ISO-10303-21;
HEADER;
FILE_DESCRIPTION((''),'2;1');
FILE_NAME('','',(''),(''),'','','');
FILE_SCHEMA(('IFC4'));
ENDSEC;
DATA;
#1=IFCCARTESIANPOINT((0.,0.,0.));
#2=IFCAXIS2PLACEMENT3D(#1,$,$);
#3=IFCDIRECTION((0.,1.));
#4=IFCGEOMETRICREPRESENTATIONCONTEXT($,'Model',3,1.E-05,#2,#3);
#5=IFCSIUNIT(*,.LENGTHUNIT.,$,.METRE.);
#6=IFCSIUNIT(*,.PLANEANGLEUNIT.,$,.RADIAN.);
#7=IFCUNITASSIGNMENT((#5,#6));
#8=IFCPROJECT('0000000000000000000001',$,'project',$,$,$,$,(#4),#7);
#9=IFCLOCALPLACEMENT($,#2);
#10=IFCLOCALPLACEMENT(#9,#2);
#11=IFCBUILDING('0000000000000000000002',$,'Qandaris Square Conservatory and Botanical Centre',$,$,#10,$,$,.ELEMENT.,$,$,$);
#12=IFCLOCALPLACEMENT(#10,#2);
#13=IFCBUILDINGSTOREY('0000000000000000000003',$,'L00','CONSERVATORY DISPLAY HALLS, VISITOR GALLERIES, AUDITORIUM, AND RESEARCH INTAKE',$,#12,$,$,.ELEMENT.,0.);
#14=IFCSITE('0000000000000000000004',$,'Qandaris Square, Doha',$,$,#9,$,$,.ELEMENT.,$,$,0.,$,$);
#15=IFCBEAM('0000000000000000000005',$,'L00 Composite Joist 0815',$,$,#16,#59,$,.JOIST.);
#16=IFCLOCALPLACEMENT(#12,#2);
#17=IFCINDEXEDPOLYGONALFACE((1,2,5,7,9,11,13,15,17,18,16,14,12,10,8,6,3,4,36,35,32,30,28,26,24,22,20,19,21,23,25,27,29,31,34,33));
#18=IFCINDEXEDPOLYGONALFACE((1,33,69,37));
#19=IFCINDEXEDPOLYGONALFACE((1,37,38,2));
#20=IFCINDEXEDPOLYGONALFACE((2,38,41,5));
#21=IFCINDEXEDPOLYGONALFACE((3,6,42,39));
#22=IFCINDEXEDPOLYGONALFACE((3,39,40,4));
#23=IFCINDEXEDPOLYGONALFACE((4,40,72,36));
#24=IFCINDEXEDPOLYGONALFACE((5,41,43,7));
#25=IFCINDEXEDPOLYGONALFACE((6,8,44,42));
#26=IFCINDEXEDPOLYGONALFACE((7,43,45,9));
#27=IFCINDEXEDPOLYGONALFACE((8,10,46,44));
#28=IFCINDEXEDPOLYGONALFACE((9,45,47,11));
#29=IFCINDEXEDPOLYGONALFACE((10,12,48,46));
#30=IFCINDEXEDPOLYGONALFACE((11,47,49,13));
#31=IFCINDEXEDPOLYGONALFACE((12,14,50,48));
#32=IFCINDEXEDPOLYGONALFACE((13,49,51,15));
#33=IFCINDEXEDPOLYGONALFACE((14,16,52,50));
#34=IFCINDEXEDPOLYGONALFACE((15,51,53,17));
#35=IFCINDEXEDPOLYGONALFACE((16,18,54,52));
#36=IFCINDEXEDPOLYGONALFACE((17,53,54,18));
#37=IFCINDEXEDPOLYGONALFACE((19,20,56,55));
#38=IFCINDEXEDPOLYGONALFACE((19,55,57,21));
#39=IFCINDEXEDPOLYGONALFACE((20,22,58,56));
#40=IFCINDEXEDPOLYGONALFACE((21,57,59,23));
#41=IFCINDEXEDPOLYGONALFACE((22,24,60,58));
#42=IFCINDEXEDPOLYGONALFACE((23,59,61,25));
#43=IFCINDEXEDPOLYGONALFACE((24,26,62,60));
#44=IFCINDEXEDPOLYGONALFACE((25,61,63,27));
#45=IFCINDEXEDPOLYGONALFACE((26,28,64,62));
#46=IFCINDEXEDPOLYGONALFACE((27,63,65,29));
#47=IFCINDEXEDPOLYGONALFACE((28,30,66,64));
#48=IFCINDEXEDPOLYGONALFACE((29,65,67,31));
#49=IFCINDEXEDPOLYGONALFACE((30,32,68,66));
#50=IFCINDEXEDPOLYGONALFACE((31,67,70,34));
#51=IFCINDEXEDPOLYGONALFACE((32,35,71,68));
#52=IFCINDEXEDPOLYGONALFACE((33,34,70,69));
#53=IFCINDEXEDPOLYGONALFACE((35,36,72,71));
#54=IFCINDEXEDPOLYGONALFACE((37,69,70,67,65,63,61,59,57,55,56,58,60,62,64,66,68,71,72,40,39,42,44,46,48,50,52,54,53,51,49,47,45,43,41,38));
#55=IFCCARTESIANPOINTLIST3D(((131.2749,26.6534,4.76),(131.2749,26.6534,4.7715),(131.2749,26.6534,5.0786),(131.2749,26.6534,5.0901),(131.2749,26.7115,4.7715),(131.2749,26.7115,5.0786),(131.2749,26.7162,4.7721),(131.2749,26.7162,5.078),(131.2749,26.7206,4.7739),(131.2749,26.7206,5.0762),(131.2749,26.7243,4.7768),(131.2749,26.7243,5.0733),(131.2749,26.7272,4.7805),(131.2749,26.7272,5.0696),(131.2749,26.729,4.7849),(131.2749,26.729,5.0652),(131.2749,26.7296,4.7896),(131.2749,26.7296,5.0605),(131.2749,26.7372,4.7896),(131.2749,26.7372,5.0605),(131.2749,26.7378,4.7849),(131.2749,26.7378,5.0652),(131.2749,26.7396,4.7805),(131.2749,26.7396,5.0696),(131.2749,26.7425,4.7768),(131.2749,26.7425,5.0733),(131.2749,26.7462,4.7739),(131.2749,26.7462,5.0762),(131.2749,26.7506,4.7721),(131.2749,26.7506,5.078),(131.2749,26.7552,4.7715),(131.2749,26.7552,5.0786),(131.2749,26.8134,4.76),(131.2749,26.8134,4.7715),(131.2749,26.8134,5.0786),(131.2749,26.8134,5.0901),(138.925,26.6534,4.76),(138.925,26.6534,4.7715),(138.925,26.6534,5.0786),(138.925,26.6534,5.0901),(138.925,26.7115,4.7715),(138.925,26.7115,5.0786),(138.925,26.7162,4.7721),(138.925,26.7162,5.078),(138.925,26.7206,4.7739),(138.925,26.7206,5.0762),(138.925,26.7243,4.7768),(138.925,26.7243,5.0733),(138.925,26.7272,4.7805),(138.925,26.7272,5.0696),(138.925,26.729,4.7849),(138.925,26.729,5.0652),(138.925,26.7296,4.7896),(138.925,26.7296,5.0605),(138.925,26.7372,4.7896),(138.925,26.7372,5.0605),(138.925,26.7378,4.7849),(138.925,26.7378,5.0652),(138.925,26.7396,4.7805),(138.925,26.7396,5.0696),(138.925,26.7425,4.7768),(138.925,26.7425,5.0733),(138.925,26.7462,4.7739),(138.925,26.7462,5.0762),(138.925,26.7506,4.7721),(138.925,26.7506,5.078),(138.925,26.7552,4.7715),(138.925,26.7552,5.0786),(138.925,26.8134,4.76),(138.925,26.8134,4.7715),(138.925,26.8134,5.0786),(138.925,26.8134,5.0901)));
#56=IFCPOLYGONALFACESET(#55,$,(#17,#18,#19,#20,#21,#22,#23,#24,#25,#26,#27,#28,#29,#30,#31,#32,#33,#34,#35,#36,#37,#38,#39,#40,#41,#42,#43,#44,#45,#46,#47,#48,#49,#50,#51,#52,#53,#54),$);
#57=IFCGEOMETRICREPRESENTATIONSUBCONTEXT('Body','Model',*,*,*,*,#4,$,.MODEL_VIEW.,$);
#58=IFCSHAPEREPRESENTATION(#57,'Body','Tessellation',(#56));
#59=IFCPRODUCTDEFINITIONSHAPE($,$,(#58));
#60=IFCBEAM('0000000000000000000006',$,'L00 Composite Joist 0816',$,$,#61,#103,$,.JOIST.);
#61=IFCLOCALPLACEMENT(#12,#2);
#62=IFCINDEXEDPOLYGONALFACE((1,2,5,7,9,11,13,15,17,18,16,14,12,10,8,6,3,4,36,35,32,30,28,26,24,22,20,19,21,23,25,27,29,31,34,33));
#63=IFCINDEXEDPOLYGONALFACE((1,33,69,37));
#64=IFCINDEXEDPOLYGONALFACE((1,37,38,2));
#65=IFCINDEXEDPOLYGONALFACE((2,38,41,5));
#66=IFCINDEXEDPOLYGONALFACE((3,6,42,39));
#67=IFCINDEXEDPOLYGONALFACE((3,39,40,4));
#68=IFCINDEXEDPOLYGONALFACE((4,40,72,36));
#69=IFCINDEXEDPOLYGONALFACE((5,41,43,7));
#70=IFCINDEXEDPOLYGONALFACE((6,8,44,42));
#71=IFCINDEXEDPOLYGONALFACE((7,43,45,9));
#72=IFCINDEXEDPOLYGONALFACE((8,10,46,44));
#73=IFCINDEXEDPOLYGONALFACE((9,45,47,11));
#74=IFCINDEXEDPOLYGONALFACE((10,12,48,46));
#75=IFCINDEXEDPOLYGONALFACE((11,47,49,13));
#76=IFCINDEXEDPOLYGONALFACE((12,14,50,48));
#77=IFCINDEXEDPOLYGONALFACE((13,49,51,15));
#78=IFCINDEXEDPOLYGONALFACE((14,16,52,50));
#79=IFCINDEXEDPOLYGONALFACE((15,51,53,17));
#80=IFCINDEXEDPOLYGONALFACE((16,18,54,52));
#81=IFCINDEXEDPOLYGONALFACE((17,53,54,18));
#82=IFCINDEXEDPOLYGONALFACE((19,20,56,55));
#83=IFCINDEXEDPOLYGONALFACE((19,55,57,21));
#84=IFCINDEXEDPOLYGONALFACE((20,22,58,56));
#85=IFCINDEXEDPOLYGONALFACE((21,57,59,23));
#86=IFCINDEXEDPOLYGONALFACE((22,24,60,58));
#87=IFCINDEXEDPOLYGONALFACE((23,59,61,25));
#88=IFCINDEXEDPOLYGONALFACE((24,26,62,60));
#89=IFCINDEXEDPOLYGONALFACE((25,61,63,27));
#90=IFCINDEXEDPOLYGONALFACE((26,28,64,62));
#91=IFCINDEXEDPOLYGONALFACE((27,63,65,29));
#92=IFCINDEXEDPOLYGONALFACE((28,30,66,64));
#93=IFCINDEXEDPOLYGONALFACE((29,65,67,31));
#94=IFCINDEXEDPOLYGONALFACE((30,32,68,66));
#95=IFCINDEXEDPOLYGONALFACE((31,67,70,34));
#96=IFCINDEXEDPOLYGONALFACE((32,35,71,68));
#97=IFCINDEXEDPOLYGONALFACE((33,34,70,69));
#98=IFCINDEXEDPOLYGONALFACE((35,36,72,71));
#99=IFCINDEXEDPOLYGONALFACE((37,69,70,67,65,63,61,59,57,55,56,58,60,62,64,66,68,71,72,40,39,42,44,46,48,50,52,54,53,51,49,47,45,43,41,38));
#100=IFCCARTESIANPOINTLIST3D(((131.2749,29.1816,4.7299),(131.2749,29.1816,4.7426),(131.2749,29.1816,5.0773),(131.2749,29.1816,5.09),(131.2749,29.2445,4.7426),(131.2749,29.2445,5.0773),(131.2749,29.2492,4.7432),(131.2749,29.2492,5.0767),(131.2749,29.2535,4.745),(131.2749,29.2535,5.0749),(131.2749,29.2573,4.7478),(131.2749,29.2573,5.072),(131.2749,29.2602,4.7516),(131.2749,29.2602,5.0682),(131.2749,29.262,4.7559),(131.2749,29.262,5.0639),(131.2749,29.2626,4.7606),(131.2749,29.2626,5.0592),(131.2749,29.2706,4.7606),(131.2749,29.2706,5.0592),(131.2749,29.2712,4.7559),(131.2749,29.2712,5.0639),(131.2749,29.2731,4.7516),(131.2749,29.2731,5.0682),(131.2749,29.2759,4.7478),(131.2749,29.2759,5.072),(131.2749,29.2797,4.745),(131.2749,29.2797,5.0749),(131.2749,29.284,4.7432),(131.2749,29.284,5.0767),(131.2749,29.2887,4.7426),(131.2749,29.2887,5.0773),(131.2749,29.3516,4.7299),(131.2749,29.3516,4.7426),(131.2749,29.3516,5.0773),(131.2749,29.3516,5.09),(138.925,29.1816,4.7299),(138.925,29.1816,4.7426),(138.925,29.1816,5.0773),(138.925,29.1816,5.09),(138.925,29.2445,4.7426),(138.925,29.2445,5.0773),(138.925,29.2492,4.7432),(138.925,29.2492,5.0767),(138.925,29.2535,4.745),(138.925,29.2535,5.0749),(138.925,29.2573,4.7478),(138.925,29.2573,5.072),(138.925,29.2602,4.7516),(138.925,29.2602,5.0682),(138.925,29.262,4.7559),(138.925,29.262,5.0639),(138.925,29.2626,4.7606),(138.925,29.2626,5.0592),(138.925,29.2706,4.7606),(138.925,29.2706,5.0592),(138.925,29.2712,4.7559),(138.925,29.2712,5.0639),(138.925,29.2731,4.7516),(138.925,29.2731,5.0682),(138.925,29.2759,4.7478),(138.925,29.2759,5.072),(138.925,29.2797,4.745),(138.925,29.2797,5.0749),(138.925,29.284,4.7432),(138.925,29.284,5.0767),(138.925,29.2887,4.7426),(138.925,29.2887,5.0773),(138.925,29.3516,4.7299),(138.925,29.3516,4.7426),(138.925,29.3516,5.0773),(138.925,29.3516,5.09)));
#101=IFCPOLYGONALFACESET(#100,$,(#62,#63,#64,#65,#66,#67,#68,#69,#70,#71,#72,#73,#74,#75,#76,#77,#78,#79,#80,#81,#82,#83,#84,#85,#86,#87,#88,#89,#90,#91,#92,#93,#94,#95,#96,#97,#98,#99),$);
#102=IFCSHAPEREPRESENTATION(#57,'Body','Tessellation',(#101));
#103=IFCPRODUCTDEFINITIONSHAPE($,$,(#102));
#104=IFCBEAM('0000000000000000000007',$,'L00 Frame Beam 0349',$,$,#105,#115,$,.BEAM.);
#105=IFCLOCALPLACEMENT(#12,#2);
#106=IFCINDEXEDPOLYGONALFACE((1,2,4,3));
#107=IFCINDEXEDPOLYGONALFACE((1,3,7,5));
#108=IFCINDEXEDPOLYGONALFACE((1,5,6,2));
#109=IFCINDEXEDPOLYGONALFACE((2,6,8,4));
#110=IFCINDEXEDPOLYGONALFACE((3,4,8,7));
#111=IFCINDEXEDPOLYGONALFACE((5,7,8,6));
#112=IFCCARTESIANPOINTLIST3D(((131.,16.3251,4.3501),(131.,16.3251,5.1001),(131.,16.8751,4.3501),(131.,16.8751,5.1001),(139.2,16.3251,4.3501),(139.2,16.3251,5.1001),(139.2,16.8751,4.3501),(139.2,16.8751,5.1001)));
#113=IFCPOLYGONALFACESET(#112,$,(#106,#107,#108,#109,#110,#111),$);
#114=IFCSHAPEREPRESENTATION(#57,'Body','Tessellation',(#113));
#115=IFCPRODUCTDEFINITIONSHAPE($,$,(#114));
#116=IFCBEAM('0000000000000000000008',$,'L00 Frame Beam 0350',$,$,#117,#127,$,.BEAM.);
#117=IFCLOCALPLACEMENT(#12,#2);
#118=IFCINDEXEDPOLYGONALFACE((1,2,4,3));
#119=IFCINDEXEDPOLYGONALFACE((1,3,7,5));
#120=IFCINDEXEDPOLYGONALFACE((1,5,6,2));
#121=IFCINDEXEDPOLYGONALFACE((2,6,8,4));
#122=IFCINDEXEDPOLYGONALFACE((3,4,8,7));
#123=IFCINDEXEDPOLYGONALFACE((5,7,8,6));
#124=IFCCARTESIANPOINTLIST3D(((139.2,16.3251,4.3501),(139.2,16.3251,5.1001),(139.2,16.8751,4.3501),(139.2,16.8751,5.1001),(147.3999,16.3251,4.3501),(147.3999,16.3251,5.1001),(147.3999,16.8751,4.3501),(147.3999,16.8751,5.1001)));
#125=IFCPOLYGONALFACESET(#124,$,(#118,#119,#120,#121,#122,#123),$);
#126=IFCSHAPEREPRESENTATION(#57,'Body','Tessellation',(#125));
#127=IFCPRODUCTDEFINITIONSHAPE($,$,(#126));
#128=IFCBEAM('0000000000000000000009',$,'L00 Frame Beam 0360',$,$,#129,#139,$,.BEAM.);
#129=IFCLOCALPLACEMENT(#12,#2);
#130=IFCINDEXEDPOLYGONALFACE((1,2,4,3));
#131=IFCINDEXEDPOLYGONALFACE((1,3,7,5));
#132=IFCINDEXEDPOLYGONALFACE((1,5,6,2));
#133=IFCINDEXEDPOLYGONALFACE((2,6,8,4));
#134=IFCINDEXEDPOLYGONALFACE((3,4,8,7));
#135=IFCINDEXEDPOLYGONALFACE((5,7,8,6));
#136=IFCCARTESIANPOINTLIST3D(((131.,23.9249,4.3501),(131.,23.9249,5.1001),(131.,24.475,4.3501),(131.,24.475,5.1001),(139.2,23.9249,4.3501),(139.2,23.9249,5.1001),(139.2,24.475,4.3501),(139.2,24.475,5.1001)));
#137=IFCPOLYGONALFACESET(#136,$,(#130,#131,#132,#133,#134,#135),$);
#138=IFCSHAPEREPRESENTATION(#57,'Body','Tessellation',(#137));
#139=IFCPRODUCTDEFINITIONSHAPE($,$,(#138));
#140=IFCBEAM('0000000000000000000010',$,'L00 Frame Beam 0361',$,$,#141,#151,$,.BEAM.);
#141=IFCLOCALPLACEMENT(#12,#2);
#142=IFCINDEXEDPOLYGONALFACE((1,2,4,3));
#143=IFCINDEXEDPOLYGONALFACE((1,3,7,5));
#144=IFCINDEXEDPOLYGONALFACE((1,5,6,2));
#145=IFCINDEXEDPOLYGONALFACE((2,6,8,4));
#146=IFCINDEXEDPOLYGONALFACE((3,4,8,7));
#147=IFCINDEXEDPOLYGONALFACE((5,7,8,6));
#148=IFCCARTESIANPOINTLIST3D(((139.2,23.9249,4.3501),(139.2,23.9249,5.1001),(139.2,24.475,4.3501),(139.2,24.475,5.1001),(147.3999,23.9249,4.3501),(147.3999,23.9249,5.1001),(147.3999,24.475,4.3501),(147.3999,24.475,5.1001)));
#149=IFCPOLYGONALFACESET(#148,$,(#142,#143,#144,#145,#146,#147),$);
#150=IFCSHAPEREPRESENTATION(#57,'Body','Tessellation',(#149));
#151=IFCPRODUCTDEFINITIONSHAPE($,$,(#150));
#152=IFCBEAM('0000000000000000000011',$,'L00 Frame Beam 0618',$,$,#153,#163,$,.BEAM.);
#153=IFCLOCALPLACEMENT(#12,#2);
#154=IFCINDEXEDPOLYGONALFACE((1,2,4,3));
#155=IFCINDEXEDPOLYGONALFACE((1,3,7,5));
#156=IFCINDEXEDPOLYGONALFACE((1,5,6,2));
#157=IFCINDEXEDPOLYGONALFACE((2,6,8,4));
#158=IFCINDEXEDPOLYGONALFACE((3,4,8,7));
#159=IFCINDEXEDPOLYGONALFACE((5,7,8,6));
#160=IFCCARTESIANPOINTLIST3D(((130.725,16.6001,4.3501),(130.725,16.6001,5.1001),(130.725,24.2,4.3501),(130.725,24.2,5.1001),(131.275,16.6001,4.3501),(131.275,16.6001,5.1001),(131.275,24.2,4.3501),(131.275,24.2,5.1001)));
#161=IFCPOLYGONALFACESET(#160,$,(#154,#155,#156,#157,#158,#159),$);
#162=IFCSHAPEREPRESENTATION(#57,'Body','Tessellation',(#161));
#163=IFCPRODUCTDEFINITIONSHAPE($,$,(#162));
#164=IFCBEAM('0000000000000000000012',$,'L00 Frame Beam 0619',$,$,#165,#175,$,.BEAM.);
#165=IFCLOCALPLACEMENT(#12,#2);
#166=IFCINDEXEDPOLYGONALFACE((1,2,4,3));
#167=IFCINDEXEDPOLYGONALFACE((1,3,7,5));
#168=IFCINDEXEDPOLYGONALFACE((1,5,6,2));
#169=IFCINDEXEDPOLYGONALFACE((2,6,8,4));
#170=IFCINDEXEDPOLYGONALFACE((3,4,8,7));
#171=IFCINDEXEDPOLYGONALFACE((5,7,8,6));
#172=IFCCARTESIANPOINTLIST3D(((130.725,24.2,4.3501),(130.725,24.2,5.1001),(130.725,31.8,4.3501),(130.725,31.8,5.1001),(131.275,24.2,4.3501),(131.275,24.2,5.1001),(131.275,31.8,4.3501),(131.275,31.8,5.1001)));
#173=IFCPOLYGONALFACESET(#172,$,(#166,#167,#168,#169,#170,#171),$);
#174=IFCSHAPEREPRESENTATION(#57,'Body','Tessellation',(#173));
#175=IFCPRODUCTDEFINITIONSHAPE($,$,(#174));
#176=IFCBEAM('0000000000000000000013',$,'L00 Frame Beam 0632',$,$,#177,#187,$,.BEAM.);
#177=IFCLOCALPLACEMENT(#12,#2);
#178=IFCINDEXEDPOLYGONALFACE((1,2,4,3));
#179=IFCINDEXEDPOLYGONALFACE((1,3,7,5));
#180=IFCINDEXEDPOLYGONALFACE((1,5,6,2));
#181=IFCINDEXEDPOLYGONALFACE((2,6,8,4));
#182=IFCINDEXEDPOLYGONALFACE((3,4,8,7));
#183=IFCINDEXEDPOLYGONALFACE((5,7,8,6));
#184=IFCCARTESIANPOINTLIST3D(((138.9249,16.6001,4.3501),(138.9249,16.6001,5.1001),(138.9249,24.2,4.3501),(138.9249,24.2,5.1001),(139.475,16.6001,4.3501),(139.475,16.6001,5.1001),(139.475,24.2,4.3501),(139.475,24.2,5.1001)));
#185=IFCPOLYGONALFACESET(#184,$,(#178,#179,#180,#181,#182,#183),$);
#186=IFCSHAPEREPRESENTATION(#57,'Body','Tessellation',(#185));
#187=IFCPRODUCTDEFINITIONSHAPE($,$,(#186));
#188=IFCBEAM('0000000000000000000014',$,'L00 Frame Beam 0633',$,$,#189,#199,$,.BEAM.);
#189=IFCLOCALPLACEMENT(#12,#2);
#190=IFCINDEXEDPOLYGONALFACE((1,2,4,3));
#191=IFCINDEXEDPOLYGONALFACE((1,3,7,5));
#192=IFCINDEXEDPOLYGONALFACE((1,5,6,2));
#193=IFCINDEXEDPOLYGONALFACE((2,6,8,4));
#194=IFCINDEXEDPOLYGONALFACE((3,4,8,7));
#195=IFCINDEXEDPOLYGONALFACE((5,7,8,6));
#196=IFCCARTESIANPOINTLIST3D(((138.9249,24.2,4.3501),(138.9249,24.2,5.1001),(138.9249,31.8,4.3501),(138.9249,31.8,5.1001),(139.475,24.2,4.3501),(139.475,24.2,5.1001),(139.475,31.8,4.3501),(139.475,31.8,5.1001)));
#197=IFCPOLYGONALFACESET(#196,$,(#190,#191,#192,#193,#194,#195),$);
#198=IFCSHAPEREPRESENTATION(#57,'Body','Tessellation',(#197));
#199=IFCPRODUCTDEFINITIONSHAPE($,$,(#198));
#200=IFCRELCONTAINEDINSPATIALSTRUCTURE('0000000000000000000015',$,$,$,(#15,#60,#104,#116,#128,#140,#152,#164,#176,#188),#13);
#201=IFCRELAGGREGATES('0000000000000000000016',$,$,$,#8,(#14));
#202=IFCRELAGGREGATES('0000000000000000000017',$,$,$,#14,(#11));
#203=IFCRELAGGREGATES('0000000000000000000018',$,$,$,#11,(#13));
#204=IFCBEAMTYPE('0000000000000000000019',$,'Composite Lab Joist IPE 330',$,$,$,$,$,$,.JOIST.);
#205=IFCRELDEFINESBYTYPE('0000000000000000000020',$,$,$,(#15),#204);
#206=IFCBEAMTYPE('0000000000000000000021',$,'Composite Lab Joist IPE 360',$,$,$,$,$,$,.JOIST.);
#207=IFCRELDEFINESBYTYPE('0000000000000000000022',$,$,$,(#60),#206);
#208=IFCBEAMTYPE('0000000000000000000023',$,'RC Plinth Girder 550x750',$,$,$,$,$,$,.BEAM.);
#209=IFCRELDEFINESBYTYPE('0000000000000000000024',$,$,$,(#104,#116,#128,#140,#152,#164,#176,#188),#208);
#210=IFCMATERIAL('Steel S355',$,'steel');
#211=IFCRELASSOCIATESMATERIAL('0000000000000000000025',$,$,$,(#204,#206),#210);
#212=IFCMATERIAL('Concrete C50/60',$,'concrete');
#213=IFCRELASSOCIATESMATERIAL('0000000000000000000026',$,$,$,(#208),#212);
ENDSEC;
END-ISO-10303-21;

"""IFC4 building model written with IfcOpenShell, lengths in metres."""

from ifc_helpers import new_model, si_unit, direction, frame, origin, origin_2d, place, context, subcontext, project, spatial, rectangle, i_section, extrude, material, material_profile, profile_set, type_object, element, save


model = new_model("IFC4")

# Units and contexts
model_context = context("Model", 3, precision=1e-05, world=origin(), true_north=direction((0.0, 1.0)))
body_context = subcontext(model_context, "Body", "Model", "MODEL_VIEW")
ifc_project = project(units=[si_unit("LENGTHUNIT", "METRE"), si_unit("PLANEANGLEUNIT", "RADIAN")], contexts=[model_context])

# Site, building, storey
site_placement = place(None, origin())
site = spatial("IfcSite", under=ifc_project, at=site_placement, Name="Qandaris Square, Doha", CompositionType="ELEMENT", RefElevation=0.0)
building_placement = place(site_placement, origin())
building = spatial("IfcBuilding", under=site, at=building_placement, Name="Qandaris Square Conservatory and Botanical Centre", CompositionType="ELEMENT")
storey_placement = place(building_placement, origin())
storey = spatial("IfcBuildingStorey", under=building, at=storey_placement, Name="L00", Description="CONSERVATORY DISPLAY HALLS, VISITOR GALLERIES, AUDITORIUM, AND RESEARCH INTAKE", CompositionType="ELEMENT", Elevation=0.0)

# Shared definitions
ifc_material_1 = material(Name="Concrete C50/60", Category="concrete")

# Beams
ifc_material_2 = material(Name="Steel S355", Category="steel")
ifc_material_profile_1 = material_profile(ifc_material_2, i_section(OverallWidth=0.1599, OverallDepth=0.3301, WebThickness=0.0076, FlangeThickness=0.0115, FilletRadius=0.0181, at=origin_2d()), Name="IPE 330")
ifc_profile_set_1 = profile_set([ifc_material_profile_1], Name="Steel S355")
beam_type_1 = type_object("IfcBeamType", Name="Composite Lab Joist IPE 330", PredefinedType="JOIST", material=ifc_profile_set_1)
for number, where, z_axis, x_axis, name in (
    (1, (131.2749, 26.7334, 4.925), (1.0, 0.0, 0.0), (0.0, 1.0, 0.0), "L00 Composite Joist 0815"),
):
    element("IfcBeam", number, at=place(storey_placement, frame(where, z_axis=z_axis, x_axis=x_axis)), inside=storey, type_object=beam_type_1, Name=name, PredefinedType="JOIST", context=body_context, shape_type="SweptSolid", body=[
        extrude(i_section(OverallWidth=0.1599, OverallDepth=0.3301, WebThickness=0.0076, FlangeThickness=0.0115, FilletRadius=0.0181, at=origin_2d()), origin(), (0.0, 0.0, 1.0), 7.6501),
    ])
ifc_material_profile_2 = material_profile(ifc_material_2, i_section(OverallWidth=0.1699, OverallDepth=0.3601, WebThickness=0.0081, FlangeThickness=0.0127, FilletRadius=0.0181, at=origin_2d()), Name="IPE 360")
ifc_profile_set_2 = profile_set([ifc_material_profile_2], Name="Steel S355")
beam_type_2 = type_object("IfcBeamType", Name="Composite Lab Joist IPE 360", PredefinedType="JOIST", material=ifc_profile_set_2)
beam_1_placement = place(storey_placement, frame((131.2749, 29.2666, 4.9099), z_axis=(1.0, 0.0, 0.0), x_axis=(0.0, 1.0, 0.0)))
element("IfcBeam", 2, at=beam_1_placement, inside=storey, type_object=beam_type_2, Name="L00 Composite Joist 0816", PredefinedType="JOIST", context=body_context, shape_type="SweptSolid", body=[
    extrude(i_section(OverallWidth=0.1699, OverallDepth=0.3601, WebThickness=0.0081, FlangeThickness=0.0127, FilletRadius=0.0181, at=origin_2d()), origin(), (0.0, 0.0, 1.0), 7.6501),
])
ifc_material_profile_3 = material_profile(ifc_material_1, rectangle(XDim=0.55, YDim=0.75, at=origin_2d()), Name="RC-BM 550x750")
ifc_profile_set_3 = profile_set([ifc_material_profile_3], Name="Concrete C50/60")
beam_type_3 = type_object("IfcBeamType", Name="RC Plinth Girder 550x750", PredefinedType="BEAM", material=ifc_profile_set_3)
for number, where, z_axis, x_axis, name in (
    (3, (131.0, 16.6001, 4.7251), (1.0, 0.0, 0.0), (0.0, 1.0, 0.0), "L00 Frame Beam 0349"),
    (4, (139.2, 16.6001, 4.7251), (1.0, 0.0, 0.0), (0.0, 1.0, 0.0), "L00 Frame Beam 0350"),
    (5, (131.0, 24.2, 4.7251), (1.0, 0.0, 0.0), (0.0, 1.0, 0.0), "L00 Frame Beam 0360"),
    (6, (139.2, 24.2, 4.7251), (1.0, 0.0, 0.0), (0.0, 1.0, 0.0), "L00 Frame Beam 0361"),
):
    element("IfcBeam", number, at=place(storey_placement, frame(where, z_axis=z_axis, x_axis=x_axis)), inside=storey, type_object=beam_type_3, Name=name, PredefinedType="BEAM", context=body_context, shape_type="SweptSolid", body=[
        extrude(rectangle(XDim=0.55, YDim=0.75, at=origin_2d()), origin(), (0.0, 0.0, 1.0), 8.2),
    ])
beam_2_placement = place(storey_placement, frame((131.0, 16.6001, 4.7251), z_axis=(0.0, 1.0, 0.0), x_axis=(-1.0, 0.0, 0.0)))
element("IfcBeam", 7, at=beam_2_placement, inside=storey, type_object=beam_type_3, Name="L00 Frame Beam 0618", PredefinedType="BEAM", context=body_context, shape_type="SweptSolid", body=[
    extrude(rectangle(XDim=0.55, YDim=0.75, at=origin_2d()), origin(), (0.0, 0.0, 1.0), 7.5999),
])
beam_3_placement = place(storey_placement, frame((131.0, 24.2, 4.7251), z_axis=(0.0, 1.0, 0.0), x_axis=(-1.0, 0.0, 0.0)))
element("IfcBeam", 8, at=beam_3_placement, inside=storey, type_object=beam_type_3, Name="L00 Frame Beam 0619", PredefinedType="BEAM", context=body_context, shape_type="SweptSolid", body=[
    extrude(rectangle(XDim=0.55, YDim=0.75, at=origin_2d()), origin(), (0.0, 0.0, 1.0), 7.6001),
])
beam_4_placement = place(storey_placement, frame((139.2, 16.6001, 4.7251), z_axis=(0.0, 1.0, 0.0), x_axis=(-1.0, 0.0, 0.0)))
element("IfcBeam", 9, at=beam_4_placement, inside=storey, type_object=beam_type_3, Name="L00 Frame Beam 0632", PredefinedType="BEAM", context=body_context, shape_type="SweptSolid", body=[
    extrude(rectangle(XDim=0.55, YDim=0.75, at=origin_2d()), origin(), (0.0, 0.0, 1.0), 7.5999),
])
beam_5_placement = place(storey_placement, frame((139.2, 24.2, 4.7251), z_axis=(0.0, 1.0, 0.0), x_axis=(-1.0, 0.0, 0.0)))
element("IfcBeam", 10, at=beam_5_placement, inside=storey, type_object=beam_type_3, Name="L00 Frame Beam 0633", PredefinedType="BEAM", context=body_context, shape_type="SweptSolid", body=[
    extrude(rectangle(XDim=0.55, YDim=0.75, at=origin_2d()), origin(), (0.0, 0.0, 1.0), 7.6001),
])

save(model, "model.ifc")
